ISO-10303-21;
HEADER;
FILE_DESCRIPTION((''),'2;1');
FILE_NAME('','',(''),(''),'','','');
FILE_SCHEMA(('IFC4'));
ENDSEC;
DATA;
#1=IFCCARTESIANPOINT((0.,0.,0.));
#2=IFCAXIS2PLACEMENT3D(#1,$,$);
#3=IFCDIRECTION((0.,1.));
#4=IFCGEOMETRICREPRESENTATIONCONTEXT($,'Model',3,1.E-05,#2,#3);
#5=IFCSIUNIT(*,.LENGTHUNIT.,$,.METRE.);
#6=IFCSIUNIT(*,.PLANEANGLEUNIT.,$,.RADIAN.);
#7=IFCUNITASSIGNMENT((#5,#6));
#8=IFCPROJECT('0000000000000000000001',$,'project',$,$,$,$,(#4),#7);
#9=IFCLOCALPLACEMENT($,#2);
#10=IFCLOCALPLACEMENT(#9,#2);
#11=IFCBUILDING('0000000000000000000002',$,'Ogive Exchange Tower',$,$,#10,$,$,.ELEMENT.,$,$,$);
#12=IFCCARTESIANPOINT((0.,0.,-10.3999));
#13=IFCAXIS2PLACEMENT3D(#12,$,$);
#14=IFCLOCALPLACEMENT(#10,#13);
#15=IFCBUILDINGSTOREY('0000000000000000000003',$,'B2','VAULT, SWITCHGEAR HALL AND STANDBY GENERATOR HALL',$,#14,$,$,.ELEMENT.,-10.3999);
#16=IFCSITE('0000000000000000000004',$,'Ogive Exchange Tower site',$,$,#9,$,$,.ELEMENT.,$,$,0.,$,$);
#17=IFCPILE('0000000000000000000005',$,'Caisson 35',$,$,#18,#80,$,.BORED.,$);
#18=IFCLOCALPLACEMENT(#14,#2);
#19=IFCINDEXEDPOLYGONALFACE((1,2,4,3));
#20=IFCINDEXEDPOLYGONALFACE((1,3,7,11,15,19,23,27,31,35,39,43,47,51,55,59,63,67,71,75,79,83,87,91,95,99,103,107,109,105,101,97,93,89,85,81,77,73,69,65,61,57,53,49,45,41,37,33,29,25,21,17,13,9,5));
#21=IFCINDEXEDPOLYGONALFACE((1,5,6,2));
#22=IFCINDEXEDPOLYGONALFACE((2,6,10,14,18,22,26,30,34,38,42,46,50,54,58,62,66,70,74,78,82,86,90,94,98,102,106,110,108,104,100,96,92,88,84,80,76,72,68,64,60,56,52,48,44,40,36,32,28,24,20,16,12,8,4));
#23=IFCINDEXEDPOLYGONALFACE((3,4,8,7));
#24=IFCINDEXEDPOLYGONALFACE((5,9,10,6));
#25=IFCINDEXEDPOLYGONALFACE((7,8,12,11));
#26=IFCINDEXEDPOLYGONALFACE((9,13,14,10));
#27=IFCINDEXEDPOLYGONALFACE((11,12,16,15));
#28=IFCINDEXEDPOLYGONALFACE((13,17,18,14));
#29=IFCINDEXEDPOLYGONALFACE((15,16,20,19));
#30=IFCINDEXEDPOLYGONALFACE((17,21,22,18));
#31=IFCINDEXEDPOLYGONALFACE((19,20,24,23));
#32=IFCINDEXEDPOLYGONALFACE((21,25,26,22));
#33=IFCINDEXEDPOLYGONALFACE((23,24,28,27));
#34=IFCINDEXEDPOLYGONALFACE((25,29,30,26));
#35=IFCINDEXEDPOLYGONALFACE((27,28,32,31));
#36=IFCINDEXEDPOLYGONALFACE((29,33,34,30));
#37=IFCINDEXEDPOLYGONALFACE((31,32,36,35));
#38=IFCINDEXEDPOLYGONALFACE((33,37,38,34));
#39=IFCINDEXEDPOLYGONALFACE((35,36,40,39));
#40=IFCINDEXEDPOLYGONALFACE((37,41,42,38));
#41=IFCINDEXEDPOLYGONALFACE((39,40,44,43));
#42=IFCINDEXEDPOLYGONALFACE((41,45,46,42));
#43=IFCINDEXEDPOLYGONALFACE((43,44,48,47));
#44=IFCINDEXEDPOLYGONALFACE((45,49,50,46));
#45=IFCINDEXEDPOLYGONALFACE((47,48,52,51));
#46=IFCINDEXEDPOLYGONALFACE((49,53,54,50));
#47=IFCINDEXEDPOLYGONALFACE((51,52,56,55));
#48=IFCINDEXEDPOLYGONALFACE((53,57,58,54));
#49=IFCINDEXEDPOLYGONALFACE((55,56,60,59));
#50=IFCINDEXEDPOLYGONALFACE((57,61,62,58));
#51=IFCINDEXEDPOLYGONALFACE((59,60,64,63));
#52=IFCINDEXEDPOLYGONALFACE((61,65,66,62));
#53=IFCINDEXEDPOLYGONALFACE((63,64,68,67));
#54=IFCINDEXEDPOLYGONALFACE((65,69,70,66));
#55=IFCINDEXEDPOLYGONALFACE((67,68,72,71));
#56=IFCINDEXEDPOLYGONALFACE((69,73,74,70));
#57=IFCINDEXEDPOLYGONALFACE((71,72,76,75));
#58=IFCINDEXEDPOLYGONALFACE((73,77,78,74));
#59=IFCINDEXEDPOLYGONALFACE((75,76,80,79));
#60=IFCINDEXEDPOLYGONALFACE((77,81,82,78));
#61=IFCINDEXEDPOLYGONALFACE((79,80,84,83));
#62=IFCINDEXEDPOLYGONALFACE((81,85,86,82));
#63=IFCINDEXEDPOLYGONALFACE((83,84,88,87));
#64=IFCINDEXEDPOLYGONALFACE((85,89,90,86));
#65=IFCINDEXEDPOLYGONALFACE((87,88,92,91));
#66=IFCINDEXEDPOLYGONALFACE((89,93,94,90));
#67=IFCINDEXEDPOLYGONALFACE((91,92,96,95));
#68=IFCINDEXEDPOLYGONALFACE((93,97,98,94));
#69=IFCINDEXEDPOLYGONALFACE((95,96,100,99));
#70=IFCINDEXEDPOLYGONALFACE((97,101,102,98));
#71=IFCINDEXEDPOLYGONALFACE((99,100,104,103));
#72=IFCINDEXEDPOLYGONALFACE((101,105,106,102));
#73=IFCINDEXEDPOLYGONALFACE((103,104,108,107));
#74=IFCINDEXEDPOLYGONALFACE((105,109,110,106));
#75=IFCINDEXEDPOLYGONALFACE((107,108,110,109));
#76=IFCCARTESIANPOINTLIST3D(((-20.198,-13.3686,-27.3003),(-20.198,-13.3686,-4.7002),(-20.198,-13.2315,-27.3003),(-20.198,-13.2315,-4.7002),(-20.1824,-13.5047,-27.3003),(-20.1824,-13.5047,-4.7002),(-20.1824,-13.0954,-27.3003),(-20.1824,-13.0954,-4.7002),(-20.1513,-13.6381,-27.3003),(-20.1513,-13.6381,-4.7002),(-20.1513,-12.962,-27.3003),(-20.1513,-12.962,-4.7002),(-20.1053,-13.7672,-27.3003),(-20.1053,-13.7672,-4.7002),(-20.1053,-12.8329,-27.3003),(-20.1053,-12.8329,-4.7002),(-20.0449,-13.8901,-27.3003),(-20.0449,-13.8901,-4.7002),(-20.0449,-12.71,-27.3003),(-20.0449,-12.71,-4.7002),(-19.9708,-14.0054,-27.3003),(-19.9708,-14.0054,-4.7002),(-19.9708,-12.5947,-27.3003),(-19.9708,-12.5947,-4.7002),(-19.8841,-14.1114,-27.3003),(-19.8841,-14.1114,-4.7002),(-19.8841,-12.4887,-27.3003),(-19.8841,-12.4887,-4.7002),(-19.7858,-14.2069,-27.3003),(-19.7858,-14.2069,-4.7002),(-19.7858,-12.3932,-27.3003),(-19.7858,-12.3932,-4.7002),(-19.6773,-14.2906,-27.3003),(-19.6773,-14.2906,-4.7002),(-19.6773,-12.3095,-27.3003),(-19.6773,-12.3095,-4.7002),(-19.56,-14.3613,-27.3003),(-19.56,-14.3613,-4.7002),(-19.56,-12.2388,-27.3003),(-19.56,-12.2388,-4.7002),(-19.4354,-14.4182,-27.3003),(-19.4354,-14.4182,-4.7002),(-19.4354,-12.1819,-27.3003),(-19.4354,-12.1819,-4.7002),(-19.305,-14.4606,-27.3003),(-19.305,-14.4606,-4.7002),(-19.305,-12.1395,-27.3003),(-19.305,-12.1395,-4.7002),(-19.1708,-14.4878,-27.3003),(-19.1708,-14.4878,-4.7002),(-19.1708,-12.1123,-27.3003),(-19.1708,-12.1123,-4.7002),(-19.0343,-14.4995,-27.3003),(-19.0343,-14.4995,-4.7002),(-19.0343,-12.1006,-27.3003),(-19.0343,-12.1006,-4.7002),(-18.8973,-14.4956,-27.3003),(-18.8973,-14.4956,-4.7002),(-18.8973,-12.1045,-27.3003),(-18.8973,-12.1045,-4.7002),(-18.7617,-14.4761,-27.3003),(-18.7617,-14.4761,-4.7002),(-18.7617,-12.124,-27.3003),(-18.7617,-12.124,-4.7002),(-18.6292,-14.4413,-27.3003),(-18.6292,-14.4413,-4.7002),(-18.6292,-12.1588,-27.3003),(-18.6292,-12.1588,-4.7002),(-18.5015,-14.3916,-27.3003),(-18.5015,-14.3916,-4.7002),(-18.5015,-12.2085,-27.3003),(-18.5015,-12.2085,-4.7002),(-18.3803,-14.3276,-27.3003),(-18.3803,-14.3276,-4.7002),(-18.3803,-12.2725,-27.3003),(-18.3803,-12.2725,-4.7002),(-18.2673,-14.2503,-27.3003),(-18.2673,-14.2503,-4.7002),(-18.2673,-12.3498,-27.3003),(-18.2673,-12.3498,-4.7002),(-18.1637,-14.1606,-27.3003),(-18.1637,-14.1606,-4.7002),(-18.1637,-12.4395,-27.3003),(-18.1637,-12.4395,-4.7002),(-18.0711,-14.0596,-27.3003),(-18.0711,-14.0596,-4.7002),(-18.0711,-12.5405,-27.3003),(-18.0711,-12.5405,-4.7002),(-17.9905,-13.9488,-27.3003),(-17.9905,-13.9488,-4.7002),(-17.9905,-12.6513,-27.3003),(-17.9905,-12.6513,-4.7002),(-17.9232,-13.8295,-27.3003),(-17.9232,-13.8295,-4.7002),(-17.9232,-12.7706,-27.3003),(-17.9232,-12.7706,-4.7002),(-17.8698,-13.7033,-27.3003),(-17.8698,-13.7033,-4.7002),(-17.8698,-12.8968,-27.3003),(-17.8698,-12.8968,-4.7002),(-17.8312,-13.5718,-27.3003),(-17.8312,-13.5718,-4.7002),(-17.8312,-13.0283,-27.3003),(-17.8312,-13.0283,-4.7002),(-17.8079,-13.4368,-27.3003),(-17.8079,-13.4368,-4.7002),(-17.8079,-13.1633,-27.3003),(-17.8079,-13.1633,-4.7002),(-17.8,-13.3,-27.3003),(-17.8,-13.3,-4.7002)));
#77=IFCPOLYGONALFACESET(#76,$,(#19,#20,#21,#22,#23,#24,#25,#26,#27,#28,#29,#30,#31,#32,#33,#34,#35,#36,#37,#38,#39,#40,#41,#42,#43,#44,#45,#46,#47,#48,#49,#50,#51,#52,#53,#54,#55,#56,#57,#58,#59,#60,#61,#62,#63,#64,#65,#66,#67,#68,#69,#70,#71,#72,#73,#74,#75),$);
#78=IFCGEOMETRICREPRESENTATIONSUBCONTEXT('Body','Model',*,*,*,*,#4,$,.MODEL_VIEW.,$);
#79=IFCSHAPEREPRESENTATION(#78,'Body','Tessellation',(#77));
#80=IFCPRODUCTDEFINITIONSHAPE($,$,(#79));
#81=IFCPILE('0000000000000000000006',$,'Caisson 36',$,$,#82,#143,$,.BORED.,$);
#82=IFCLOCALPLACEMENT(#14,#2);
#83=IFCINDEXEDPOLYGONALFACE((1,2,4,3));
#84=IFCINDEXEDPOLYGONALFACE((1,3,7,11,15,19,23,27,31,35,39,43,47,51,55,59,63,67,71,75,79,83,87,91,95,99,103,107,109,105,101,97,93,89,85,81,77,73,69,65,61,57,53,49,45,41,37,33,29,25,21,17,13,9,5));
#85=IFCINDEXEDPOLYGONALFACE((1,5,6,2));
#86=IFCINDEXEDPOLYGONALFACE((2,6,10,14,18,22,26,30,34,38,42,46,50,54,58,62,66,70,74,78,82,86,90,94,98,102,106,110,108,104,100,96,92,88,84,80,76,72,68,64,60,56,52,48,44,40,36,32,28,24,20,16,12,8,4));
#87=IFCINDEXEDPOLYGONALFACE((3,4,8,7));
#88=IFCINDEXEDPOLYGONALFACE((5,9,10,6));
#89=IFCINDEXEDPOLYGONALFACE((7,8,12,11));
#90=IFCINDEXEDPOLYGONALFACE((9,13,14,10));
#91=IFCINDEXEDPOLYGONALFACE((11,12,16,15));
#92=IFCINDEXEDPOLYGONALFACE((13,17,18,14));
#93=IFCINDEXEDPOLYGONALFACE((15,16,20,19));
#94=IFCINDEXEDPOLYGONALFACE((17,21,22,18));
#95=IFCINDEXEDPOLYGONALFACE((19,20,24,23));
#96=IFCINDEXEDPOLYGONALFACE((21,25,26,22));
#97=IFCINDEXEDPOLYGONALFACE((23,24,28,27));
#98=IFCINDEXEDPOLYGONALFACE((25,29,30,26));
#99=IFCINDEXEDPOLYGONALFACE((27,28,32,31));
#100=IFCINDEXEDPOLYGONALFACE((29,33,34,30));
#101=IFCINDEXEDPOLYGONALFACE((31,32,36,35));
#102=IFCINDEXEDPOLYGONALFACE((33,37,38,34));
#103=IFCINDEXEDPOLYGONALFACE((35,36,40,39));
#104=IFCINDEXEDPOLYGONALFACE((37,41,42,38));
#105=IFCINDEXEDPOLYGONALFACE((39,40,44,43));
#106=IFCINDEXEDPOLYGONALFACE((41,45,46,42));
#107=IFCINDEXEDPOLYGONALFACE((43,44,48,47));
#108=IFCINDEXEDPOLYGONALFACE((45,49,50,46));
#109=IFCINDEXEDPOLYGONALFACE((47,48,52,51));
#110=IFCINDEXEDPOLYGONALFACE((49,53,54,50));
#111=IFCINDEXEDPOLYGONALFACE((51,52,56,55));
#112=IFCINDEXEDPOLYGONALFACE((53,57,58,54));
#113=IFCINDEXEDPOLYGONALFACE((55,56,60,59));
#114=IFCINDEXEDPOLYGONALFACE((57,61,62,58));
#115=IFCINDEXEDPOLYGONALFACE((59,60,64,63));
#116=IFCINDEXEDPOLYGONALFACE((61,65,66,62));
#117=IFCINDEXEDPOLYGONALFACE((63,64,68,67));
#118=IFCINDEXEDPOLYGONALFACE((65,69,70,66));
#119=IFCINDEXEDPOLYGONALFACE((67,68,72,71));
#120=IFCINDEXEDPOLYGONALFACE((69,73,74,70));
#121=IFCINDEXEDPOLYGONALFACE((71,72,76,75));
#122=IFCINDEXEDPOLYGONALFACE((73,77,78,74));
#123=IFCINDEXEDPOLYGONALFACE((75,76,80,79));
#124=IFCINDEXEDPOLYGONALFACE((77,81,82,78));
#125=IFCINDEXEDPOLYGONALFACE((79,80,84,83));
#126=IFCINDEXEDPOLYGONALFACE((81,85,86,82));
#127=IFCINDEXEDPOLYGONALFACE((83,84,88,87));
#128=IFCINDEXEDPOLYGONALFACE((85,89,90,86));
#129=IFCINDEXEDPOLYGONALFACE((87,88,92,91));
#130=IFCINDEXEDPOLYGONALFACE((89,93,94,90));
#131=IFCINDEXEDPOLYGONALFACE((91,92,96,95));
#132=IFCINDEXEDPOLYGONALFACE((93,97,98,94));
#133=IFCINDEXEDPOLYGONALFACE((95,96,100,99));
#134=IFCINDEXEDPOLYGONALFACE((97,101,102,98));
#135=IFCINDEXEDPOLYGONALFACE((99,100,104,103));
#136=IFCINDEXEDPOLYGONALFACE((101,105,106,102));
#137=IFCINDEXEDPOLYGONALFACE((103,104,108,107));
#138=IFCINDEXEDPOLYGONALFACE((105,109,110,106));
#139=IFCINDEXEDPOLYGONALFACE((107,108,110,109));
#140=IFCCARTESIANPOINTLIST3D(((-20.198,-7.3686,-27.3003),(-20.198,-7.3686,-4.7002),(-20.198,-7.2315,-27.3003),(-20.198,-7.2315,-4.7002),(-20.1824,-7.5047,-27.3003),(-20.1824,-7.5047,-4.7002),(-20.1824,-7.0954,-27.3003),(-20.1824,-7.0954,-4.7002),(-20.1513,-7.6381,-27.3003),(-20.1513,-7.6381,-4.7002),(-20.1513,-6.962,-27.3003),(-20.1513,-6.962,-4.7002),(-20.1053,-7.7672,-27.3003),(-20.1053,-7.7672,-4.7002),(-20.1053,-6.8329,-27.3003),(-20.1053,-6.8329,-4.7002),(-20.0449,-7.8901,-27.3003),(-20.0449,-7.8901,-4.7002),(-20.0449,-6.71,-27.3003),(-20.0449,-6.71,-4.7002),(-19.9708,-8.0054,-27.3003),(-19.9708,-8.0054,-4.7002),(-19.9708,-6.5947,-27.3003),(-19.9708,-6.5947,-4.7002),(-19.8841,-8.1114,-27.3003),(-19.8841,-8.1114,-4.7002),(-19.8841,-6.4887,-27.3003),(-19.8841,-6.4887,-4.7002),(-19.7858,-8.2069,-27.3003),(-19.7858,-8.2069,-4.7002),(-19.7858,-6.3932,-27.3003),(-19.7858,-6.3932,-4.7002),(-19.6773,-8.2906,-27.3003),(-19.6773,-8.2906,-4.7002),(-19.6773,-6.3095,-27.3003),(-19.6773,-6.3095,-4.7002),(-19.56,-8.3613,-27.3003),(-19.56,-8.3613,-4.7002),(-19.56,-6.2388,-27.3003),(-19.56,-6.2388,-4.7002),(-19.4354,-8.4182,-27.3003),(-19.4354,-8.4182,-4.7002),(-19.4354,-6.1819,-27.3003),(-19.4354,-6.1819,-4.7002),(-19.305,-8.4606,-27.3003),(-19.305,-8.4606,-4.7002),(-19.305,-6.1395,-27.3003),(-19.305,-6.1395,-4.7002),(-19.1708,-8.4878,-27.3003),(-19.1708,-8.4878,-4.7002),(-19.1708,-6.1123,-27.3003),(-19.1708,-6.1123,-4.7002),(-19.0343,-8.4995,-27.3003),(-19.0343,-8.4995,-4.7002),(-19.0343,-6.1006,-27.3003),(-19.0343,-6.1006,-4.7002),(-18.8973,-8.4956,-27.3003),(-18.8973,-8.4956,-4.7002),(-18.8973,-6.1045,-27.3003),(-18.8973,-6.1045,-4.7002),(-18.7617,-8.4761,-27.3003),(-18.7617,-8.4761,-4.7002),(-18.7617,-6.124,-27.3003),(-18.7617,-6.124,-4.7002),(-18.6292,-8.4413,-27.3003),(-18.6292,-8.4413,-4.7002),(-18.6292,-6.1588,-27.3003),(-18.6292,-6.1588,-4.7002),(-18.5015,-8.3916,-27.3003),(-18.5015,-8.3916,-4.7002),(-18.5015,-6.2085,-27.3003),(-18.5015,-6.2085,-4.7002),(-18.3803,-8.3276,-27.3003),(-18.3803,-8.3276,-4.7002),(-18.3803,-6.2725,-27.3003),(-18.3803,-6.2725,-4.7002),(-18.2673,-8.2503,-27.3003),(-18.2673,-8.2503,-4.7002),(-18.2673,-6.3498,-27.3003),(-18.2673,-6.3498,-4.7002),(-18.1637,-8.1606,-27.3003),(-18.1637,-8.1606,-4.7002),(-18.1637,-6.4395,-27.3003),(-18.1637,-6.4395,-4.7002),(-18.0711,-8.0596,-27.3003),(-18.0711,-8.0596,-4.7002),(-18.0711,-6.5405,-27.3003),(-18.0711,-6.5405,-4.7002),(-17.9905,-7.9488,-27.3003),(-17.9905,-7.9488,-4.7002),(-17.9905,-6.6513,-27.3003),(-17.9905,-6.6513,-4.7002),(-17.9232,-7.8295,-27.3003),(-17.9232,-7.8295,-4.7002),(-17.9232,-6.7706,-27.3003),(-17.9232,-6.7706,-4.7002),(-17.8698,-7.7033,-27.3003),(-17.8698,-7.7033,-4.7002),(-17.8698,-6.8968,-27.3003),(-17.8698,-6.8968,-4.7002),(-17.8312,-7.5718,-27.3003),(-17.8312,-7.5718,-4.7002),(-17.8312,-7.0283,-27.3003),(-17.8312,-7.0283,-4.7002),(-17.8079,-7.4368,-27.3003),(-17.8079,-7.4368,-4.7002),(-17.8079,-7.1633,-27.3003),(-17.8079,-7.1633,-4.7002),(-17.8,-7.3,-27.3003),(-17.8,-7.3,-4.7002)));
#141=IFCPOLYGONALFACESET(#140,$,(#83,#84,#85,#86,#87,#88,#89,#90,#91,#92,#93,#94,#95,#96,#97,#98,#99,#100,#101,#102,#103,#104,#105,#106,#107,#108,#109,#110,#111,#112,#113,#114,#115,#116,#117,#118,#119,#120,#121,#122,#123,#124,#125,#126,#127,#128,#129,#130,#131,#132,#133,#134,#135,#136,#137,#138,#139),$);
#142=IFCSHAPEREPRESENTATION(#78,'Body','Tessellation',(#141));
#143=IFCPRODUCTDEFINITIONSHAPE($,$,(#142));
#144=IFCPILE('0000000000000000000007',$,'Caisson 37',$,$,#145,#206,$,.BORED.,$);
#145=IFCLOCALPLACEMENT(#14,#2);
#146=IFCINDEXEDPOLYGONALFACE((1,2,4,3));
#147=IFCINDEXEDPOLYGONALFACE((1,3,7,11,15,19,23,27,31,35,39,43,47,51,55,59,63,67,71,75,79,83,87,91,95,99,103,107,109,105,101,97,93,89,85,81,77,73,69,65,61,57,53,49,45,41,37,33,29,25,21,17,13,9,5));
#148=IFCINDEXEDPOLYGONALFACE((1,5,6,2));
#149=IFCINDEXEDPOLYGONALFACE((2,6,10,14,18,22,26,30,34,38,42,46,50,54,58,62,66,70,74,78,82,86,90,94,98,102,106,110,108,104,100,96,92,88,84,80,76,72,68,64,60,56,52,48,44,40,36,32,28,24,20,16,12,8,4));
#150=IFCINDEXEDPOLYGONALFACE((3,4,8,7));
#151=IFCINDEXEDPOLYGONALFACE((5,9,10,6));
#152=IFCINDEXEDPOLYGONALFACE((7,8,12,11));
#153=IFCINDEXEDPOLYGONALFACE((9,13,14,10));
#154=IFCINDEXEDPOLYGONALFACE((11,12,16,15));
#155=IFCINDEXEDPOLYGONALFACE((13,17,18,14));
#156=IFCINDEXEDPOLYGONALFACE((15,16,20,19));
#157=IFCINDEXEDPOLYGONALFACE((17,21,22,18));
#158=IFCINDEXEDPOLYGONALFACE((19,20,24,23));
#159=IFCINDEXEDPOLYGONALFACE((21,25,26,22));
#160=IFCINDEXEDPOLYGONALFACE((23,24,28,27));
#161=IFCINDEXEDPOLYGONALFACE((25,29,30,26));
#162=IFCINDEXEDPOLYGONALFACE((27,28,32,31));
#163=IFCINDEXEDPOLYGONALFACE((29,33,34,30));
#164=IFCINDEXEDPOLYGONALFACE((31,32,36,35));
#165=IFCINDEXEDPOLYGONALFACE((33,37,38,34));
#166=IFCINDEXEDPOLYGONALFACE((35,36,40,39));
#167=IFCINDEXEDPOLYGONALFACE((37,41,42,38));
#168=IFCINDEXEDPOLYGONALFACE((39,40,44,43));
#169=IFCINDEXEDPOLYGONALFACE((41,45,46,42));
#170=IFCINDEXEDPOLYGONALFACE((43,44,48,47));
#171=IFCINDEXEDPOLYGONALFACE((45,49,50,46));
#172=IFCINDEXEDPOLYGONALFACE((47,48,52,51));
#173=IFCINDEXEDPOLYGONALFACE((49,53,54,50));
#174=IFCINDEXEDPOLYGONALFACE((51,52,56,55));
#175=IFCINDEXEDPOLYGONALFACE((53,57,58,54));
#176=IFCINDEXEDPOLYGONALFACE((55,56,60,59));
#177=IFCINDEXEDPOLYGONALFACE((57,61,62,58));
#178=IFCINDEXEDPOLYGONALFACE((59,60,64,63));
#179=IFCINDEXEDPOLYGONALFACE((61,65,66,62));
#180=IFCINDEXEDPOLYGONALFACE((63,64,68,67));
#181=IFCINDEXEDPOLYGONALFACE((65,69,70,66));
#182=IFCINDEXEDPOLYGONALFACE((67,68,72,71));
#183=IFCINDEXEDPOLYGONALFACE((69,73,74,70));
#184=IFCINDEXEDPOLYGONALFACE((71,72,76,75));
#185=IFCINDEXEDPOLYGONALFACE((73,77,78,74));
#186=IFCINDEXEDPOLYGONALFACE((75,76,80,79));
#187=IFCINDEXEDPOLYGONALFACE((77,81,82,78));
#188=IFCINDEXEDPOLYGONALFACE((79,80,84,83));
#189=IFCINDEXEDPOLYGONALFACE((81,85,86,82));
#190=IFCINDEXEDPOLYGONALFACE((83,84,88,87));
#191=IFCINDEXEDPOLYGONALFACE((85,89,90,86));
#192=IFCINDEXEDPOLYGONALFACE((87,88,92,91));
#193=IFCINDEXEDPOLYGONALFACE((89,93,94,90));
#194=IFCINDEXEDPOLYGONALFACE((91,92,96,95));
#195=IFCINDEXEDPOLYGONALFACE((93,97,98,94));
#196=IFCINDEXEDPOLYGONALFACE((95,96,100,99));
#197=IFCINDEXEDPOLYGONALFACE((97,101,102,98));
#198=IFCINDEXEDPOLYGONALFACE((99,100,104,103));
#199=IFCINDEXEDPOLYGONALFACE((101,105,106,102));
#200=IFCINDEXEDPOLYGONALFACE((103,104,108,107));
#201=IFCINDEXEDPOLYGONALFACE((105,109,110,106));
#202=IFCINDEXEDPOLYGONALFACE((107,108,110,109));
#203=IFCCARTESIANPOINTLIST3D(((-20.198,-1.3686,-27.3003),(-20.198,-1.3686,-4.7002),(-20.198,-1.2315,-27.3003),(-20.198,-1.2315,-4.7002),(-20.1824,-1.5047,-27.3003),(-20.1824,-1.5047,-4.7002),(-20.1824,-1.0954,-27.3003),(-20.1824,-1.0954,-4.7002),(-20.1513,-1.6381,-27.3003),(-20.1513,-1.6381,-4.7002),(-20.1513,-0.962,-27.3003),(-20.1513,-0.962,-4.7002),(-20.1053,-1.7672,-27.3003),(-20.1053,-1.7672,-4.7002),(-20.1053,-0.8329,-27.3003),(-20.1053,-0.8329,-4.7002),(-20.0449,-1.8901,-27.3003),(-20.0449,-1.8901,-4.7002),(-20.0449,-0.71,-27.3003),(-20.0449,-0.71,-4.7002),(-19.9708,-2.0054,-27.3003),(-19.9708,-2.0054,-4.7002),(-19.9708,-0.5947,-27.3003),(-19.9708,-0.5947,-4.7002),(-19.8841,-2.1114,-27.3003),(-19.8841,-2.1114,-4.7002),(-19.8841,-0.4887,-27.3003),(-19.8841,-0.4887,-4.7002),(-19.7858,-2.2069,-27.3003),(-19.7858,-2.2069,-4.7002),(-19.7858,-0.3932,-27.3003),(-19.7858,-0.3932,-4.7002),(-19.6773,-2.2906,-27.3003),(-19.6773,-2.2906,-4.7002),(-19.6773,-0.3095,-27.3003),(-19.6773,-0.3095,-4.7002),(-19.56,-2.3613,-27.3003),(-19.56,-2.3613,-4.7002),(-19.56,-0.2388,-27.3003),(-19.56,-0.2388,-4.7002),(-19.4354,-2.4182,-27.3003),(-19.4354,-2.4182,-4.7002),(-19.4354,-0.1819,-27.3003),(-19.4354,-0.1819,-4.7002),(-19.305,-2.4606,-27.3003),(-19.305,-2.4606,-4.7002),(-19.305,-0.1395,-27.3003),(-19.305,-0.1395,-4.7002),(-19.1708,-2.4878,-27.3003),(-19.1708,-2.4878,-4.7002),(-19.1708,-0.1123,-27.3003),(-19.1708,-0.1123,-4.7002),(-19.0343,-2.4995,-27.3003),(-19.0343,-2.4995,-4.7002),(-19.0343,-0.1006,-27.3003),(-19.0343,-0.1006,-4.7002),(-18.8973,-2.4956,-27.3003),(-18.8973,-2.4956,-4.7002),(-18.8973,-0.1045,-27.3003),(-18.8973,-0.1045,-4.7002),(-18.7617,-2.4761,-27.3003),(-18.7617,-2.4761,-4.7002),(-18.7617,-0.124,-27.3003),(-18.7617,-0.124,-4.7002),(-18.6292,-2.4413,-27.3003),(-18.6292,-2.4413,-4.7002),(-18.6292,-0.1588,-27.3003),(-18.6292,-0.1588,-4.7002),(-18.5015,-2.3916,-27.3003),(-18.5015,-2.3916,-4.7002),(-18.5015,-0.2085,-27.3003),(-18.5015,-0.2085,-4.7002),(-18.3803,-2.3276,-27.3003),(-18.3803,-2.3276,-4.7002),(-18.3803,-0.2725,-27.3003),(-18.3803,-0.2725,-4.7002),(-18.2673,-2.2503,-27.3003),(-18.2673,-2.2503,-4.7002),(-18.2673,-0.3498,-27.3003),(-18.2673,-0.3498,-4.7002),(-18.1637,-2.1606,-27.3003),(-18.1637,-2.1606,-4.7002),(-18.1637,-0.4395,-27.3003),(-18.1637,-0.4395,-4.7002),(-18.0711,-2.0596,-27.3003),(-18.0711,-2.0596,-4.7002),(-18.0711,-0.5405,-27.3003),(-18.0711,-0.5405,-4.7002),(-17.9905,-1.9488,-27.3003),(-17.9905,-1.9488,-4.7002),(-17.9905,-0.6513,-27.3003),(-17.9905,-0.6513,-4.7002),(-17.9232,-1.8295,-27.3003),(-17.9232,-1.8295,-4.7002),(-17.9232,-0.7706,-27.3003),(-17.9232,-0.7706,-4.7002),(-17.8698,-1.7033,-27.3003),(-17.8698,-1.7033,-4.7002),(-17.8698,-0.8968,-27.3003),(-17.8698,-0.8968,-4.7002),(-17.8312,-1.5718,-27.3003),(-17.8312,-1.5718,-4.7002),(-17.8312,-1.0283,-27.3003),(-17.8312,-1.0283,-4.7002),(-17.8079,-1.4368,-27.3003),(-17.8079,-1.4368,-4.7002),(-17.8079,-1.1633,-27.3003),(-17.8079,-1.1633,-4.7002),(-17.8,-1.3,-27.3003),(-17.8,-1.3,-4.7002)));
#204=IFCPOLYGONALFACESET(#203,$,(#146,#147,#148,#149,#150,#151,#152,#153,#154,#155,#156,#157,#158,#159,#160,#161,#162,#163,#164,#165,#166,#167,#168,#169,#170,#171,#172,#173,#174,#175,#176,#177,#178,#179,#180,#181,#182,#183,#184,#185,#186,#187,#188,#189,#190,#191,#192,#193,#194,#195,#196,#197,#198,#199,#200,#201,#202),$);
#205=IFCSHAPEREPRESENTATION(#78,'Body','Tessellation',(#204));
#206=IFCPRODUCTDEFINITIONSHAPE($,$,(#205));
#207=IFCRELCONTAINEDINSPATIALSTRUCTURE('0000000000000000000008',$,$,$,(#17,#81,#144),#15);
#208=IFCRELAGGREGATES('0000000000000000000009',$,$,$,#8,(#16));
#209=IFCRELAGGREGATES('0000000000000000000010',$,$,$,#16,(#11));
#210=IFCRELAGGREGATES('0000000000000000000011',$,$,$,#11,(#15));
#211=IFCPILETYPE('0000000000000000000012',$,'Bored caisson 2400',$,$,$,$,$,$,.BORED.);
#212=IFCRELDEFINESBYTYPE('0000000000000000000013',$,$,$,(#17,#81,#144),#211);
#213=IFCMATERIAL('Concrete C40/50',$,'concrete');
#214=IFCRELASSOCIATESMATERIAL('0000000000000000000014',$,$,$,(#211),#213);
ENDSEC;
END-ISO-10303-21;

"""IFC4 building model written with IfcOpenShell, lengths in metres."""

from ifc_helpers import new_model, si_unit, direction, frame, origin, origin_2d, place, context, subcontext, project, spatial, circle, extrude, material, material_profile, profile_set, type_object, element, save


model = new_model("IFC4")

# Units and contexts
model_context = context("Model", 3, precision=1e-05, world=origin(), true_north=direction((0.0, 1.0)))
body_context = subcontext(model_context, "Body", "Model", "MODEL_VIEW")
ifc_project = project(units=[si_unit("LENGTHUNIT", "METRE"), si_unit("PLANEANGLEUNIT", "RADIAN")], contexts=[model_context])

# Site, building, storey
site_placement = place(None, origin())
site = spatial("IfcSite", under=ifc_project, at=site_placement, Name="Ogive Exchange Tower site", CompositionType="ELEMENT", RefElevation=0.0)
building_placement = place(site_placement, origin())
building = spatial("IfcBuilding", under=site, at=building_placement, Name="Ogive Exchange Tower", CompositionType="ELEMENT")
storey_placement = place(building_placement, frame((0.0, 0.0, -10.3999)))
storey = spatial("IfcBuildingStorey", under=building, at=storey_placement, Name="B2", Description="VAULT, SWITCHGEAR HALL AND STANDBY GENERATOR HALL", CompositionType="ELEMENT", Elevation=-10.3999)

# Piles
ifc_material_1 = material(Name="Concrete C40/50", Category="concrete")
ifc_material_profile_1 = material_profile(ifc_material_1, circle(Radius=1.2, at=origin_2d()), Name="RC caisson 2400")
ifc_profile_set_1 = profile_set([ifc_material_profile_1], Name="Concrete C40/50")
pile_type = type_object("IfcPileType", Name="Bored caisson 2400", PredefinedType="BORED", material=ifc_profile_set_1)
for number, where, z_axis, x_axis, name in (
    (1, (-19.0, -13.3, -4.7002), (0.0, 0.0, -1.0), (1.0, 0.0, 0.0), "Caisson 35"),
    (2, (-19.0, -7.3, -4.7002), (0.0, 0.0, -1.0), (1.0, 0.0, 0.0), "Caisson 36"),
    (3, (-19.0, -1.3, -4.7002), (0.0, 0.0, -1.0), (1.0, 0.0, 0.0), "Caisson 37"),
):
    element("IfcPile", number, at=place(storey_placement, frame(where, z_axis=z_axis, x_axis=x_axis)), inside=storey, type_object=pile_type, Name=name, PredefinedType="BORED", context=body_context, shape_type="SweptSolid", body=[
        extrude(circle(Radius=1.2, at=origin_2d()), origin(), (0.0, 0.0, 1.0), 22.6001),
    ])

save(model, "model.ifc")
